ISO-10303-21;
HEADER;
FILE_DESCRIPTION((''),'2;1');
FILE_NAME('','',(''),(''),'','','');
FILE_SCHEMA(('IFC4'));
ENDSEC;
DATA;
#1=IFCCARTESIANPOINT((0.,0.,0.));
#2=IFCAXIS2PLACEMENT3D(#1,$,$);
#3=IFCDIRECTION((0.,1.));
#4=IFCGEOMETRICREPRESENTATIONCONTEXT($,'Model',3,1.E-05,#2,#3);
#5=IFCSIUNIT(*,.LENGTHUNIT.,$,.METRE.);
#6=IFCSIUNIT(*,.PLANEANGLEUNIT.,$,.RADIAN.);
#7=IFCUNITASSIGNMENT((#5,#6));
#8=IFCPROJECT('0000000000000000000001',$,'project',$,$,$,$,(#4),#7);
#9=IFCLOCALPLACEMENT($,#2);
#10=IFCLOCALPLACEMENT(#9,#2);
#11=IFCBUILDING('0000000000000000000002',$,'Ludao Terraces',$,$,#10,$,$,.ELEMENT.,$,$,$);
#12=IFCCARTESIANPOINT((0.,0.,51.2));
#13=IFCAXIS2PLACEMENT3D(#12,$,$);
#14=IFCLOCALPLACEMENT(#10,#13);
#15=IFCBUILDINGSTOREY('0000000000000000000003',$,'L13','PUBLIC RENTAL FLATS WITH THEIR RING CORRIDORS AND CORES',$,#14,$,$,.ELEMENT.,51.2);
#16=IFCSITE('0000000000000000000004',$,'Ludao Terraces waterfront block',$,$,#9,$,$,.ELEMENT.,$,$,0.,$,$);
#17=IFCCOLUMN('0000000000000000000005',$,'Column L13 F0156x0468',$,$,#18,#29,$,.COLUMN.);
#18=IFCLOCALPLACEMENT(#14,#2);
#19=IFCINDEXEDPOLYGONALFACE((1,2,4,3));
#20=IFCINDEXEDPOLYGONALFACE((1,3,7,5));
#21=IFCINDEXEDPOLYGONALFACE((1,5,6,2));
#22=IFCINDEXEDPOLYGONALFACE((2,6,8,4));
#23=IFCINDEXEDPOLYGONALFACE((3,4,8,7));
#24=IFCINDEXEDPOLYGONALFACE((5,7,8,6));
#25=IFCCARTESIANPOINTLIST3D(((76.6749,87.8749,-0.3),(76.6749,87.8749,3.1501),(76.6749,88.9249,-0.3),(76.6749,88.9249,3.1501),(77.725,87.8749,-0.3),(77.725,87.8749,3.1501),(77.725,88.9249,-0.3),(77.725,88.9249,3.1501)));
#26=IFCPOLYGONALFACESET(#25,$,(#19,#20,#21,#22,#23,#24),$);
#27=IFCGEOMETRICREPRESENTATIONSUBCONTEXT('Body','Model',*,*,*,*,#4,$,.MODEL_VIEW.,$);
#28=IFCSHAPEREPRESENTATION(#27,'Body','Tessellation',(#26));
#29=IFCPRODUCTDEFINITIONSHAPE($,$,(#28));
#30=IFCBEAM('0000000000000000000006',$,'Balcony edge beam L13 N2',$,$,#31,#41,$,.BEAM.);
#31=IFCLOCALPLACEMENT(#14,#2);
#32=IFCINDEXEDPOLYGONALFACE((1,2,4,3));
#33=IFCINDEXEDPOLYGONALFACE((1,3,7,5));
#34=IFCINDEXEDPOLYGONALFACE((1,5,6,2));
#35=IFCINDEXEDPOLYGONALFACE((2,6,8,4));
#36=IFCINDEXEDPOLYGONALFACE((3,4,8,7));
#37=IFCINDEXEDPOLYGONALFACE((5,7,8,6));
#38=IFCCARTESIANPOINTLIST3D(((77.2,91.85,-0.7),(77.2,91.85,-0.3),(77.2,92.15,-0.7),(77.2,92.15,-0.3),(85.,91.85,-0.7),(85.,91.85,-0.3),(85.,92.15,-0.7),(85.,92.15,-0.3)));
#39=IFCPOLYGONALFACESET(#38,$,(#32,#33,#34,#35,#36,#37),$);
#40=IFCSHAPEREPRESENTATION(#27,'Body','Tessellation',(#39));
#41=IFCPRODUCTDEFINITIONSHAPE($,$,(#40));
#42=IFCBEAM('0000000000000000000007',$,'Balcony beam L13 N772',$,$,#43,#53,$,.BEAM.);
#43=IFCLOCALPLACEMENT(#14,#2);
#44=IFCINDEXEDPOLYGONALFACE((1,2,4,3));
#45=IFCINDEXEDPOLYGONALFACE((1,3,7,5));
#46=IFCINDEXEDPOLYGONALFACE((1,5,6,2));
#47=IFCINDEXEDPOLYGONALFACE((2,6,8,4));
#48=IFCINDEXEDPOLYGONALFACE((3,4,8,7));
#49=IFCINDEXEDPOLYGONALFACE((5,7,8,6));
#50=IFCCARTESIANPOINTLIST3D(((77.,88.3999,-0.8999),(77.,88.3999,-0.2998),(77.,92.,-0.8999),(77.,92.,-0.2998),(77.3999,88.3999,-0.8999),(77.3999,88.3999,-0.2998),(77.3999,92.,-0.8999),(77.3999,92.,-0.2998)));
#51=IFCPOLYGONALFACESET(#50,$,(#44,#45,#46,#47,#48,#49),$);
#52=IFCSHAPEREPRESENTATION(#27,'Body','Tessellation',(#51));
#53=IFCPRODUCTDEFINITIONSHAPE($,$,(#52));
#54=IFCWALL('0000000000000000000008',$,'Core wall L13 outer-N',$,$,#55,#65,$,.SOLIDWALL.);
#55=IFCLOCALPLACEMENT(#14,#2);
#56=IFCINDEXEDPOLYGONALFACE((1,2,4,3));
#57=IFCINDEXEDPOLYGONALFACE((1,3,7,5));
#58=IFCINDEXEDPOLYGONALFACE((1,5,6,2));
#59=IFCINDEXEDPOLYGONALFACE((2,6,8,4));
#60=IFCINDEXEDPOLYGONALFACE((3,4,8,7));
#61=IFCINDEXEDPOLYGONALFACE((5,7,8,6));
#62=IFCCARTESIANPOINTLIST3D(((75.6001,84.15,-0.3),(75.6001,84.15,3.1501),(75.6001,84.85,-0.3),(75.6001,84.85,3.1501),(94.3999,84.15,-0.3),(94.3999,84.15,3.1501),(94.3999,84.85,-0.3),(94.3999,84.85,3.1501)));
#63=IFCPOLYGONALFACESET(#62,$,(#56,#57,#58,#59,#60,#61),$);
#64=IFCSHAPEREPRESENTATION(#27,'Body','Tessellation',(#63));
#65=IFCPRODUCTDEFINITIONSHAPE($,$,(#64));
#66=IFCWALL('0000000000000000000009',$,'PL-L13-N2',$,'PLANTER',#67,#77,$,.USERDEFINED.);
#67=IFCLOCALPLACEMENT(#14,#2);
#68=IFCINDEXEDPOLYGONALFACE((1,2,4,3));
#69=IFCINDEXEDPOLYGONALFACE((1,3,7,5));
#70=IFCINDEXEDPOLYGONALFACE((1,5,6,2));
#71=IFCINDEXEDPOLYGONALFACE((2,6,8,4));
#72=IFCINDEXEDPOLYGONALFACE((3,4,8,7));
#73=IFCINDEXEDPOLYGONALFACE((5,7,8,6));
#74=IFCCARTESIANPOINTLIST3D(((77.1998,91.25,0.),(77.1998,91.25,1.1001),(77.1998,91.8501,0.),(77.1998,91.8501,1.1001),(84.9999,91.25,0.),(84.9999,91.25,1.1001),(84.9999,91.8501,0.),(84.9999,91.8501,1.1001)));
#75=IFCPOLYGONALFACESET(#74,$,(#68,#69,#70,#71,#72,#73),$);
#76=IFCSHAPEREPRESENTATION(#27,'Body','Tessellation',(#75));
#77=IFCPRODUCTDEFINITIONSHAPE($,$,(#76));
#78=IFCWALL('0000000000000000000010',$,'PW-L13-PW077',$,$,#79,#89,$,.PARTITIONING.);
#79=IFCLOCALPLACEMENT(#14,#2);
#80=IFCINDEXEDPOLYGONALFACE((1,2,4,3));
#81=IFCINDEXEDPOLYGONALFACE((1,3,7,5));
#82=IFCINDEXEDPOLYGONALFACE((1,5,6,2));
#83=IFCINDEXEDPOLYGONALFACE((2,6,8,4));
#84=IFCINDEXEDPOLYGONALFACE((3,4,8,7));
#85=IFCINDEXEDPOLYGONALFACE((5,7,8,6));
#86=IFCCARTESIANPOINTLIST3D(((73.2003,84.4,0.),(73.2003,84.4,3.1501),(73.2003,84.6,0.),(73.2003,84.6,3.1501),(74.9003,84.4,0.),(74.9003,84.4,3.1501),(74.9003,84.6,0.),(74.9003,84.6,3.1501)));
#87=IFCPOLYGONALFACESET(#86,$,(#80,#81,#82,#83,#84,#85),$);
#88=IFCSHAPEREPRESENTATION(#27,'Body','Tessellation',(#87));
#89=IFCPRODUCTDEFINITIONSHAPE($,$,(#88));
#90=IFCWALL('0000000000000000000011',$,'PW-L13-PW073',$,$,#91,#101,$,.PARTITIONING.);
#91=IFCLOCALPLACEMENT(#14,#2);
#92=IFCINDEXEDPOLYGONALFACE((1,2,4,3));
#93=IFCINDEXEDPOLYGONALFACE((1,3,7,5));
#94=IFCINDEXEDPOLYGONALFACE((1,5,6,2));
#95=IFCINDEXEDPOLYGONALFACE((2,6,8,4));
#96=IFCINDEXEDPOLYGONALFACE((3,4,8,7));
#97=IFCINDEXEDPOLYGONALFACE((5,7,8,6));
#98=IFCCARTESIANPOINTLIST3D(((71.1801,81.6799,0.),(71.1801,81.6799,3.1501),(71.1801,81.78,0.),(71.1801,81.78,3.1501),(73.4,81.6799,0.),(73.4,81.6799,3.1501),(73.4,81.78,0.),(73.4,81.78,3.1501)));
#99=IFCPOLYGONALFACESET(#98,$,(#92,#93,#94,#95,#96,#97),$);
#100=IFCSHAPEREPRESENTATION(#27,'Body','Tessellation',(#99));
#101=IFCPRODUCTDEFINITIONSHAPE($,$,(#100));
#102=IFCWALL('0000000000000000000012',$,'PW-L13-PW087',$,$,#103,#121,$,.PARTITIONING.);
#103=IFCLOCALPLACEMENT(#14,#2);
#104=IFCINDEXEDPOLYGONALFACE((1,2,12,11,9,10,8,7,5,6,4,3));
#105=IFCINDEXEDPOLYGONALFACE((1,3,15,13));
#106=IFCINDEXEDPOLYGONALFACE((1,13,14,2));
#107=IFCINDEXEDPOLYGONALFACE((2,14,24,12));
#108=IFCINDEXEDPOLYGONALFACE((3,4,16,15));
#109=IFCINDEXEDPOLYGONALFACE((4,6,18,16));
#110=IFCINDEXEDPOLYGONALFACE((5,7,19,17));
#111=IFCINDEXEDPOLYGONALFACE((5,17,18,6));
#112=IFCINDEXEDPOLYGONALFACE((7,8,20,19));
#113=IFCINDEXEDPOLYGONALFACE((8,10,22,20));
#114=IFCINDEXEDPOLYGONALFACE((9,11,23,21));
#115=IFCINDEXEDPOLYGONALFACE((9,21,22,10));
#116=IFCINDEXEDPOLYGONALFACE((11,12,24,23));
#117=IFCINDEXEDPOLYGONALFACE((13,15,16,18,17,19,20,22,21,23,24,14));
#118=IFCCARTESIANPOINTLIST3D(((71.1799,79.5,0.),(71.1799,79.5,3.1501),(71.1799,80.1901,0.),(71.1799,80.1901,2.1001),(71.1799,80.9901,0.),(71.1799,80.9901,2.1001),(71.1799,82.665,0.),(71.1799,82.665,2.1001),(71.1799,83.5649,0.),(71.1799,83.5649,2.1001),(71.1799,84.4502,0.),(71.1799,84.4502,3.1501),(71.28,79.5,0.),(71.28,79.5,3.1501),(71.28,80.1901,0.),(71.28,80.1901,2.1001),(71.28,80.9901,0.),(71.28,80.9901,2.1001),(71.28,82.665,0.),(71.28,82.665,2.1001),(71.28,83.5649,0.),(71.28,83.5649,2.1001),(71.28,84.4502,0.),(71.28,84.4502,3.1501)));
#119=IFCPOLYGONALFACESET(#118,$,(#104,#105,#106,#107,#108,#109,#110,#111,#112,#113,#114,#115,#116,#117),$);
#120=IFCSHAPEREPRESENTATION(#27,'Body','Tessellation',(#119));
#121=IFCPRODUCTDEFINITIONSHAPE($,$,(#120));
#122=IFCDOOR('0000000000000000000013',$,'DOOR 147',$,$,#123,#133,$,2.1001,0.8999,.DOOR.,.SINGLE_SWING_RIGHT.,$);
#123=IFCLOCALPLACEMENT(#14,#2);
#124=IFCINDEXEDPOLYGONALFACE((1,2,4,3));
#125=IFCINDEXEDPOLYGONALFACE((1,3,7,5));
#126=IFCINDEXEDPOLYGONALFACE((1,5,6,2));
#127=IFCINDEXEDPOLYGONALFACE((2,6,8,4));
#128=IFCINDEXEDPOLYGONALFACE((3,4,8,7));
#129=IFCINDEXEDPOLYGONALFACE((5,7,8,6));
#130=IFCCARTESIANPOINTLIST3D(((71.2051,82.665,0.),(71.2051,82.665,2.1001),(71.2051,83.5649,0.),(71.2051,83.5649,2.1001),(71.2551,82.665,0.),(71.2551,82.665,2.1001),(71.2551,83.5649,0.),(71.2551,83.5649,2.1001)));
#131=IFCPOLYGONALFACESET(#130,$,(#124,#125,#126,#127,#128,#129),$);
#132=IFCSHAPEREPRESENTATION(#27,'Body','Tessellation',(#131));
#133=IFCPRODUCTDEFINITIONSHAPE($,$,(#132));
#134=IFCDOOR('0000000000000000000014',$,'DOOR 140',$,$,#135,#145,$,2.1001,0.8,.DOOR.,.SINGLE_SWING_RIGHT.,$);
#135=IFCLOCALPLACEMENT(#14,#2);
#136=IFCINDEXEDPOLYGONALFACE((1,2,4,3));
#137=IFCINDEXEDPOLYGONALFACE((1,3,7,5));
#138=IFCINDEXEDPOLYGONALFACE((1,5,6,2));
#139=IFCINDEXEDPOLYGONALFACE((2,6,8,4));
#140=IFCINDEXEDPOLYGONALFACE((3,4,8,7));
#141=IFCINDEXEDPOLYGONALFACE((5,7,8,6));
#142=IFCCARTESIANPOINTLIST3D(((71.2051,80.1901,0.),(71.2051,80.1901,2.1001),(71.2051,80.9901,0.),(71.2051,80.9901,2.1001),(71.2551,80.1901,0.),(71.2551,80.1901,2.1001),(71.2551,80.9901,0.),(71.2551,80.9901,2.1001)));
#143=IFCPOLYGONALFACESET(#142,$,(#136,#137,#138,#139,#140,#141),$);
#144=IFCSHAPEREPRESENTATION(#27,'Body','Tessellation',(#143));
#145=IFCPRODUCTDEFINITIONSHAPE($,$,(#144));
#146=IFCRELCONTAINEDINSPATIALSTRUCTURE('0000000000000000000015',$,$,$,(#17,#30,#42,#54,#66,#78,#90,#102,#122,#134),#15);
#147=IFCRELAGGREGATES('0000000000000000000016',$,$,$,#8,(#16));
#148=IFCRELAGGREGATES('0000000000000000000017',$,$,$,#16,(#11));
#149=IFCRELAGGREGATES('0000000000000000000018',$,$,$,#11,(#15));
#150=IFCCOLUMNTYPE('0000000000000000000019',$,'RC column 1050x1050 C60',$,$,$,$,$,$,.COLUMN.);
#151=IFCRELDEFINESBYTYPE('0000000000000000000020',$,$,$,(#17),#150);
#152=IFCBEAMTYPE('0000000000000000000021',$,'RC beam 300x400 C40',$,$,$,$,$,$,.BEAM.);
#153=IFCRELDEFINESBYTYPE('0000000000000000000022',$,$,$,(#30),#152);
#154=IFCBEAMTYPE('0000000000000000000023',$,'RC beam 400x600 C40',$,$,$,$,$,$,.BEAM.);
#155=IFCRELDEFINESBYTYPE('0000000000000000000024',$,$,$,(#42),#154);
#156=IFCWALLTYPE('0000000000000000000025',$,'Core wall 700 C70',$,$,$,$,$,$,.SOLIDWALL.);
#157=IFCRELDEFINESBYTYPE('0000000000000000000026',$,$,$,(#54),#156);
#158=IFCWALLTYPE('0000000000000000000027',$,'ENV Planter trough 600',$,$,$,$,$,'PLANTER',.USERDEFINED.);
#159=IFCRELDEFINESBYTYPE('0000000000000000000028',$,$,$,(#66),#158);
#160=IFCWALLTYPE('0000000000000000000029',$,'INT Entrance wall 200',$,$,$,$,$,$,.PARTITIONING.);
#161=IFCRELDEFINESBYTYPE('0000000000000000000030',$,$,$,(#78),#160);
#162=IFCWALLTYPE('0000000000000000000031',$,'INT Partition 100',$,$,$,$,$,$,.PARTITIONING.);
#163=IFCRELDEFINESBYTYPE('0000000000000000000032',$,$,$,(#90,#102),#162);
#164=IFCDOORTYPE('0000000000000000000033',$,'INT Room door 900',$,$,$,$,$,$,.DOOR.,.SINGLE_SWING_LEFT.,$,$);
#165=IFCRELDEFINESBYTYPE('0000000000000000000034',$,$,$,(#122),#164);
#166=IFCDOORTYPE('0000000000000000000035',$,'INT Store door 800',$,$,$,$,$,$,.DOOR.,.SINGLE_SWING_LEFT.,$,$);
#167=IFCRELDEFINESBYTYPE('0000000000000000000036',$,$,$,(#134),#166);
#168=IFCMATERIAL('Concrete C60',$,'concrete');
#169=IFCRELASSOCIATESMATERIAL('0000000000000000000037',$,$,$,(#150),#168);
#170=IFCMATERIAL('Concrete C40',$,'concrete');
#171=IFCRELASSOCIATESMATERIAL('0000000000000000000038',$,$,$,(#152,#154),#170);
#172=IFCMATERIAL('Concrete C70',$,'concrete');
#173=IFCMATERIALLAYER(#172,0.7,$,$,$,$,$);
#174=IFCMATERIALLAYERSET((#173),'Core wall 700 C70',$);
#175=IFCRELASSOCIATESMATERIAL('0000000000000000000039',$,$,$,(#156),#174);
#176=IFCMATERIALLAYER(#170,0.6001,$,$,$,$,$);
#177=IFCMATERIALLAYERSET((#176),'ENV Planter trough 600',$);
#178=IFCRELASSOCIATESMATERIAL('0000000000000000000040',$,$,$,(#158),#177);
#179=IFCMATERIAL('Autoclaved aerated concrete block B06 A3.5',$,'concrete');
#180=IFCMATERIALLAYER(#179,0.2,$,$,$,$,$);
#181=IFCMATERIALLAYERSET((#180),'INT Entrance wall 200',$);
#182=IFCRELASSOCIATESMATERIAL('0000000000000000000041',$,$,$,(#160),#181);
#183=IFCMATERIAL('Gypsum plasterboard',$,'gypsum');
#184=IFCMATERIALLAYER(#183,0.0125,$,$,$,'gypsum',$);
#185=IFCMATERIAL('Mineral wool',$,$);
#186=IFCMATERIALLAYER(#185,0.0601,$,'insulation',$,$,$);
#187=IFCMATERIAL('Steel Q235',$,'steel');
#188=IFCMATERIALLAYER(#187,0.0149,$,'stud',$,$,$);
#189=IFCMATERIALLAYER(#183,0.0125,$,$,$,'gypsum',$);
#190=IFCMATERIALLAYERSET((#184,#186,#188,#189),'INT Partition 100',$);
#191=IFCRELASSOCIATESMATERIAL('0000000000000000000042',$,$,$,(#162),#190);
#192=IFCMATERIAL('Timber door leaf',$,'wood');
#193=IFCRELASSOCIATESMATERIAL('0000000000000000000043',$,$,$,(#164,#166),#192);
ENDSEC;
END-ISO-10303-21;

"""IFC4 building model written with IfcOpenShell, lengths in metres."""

from ifc_helpers import new_model, si_unit, direction, frame, frame_2d, origin, origin_2d, place, context, subcontext, project, spatial, rectangle, extrude, material, layer, layer_set, material_profile, profile_set, type_object, element, fill, save


model = new_model("IFC4")

# Units and contexts
model_context = context("Model", 3, precision=1e-05, world=origin(), true_north=direction((0.0, 1.0)))
body_context = subcontext(model_context, "Body", "Model", "MODEL_VIEW")
ifc_project = project(units=[si_unit("LENGTHUNIT", "METRE"), si_unit("PLANEANGLEUNIT", "RADIAN")], contexts=[model_context])

# Site, building, storey
site_placement = place(None, origin())
site = spatial("IfcSite", under=ifc_project, at=site_placement, Name="Ludao Terraces waterfront block", CompositionType="ELEMENT", RefElevation=0.0)
building_placement = place(site_placement, origin())
building = spatial("IfcBuilding", under=site, at=building_placement, Name="Ludao Terraces", CompositionType="ELEMENT")
storey_placement = place(building_placement, frame((0.0, 0.0, 51.2)))
storey = spatial("IfcBuildingStorey", under=building, at=storey_placement, Name="L13", Description="PUBLIC RENTAL FLATS WITH THEIR RING CORRIDORS AND CORES", CompositionType="ELEMENT", Elevation=51.2)

# Column
ifc_material_1 = material(Name="Concrete C60", Category="concrete")
ifc_material_profile_1 = material_profile(ifc_material_1, rectangle(XDim=1.05, YDim=1.05, at=origin_2d()), Name="1050 X 1050")
ifc_profile_set_1 = profile_set([ifc_material_profile_1], Name="Concrete C60")
column_type = type_object("IfcColumnType", Name="RC column 1050x1050 C60", PredefinedType="COLUMN", material=ifc_profile_set_1)
column_placement = place(storey_placement, frame((77.2, 88.3999, -0.3), z_axis=(0.0, 0.0, 1.0), x_axis=(1.0, 0.0, 0.0)))
element("IfcColumn", 1, at=column_placement, inside=storey, type_object=column_type, Name="Column L13 F0156x0468", PredefinedType="COLUMN", context=body_context, shape_type="SweptSolid", body=[
    extrude(rectangle(XDim=1.05, YDim=1.05, at=origin_2d()), origin(), (0.0, 0.0, 1.0), 3.4502),
])

# Beams
ifc_material_2 = material(Name="Concrete C40", Category="concrete")
ifc_material_profile_2 = material_profile(ifc_material_2, rectangle(XDim=0.3, YDim=0.3999, at=origin_2d()), Name="300 X 400")
ifc_profile_set_2 = profile_set([ifc_material_profile_2], Name="Concrete C40")
beam_type_1 = type_object("IfcBeamType", Name="RC beam 300x400 C40", PredefinedType="BEAM", material=ifc_profile_set_2)
beam_1_placement = place(storey_placement, frame((77.2, 92.0, -0.5), z_axis=(1.0, 0.0, 0.0), x_axis=(0.0, 1.0, 0.0)))
element("IfcBeam", 2, at=beam_1_placement, inside=storey, type_object=beam_type_1, Name="Balcony edge beam L13 N2", PredefinedType="BEAM", context=body_context, shape_type="SweptSolid", body=[
    extrude(rectangle(XDim=0.3, YDim=0.3999, at=origin_2d()), origin(), (0.0, 0.0, 1.0), 7.8),
])
ifc_material_profile_3 = material_profile(ifc_material_2, rectangle(XDim=0.3999, YDim=0.6001, at=origin_2d()), Name="400 X 600")
ifc_profile_set_3 = profile_set([ifc_material_profile_3], Name="Concrete C40")
beam_type_2 = type_object("IfcBeamType", Name="RC beam 400x600 C40", PredefinedType="BEAM", material=ifc_profile_set_3)
beam_2_placement = place(storey_placement, frame((77.2, 88.3999, -0.5999), z_axis=(0.0, 1.0, 0.0), x_axis=(-1.0, 0.0, 0.0)))
element("IfcBeam", 3, at=beam_2_placement, inside=storey, type_object=beam_type_2, Name="Balcony beam L13 N772", PredefinedType="BEAM", context=body_context, shape_type="SweptSolid", body=[
    extrude(rectangle(XDim=0.3999, YDim=0.6001, at=origin_2d()), origin(), (0.0, 0.0, 1.0), 3.6001),
])

# Walls
ifc_material_3 = material(Name="Concrete C70", Category="concrete")
ifc_layer_1 = layer(ifc_material_3, 0.7)
ifc_layer_set_1 = layer_set([ifc_layer_1], Name="Core wall 700 C70")
wall_type_1 = type_object("IfcWallType", Name="Core wall 700 C70", PredefinedType="SOLIDWALL", material=ifc_layer_set_1)
wall_1_placement = place(storey_placement, frame((75.6001, 84.5, -0.3), z_axis=(0.0, 0.0, 1.0), x_axis=(1.0, 0.0, 0.0)))
element("IfcWall", 4, at=wall_1_placement, inside=storey, type_object=wall_type_1, Name="Core wall L13 outer-N", PredefinedType="SOLIDWALL", context=body_context, shape_type="SweptSolid", body=[
    extrude(rectangle(XDim=18.7998, YDim=0.7, at=frame_2d((9.3999, 0.0))), origin(), (0.0, 0.0, 1.0), 3.4502),
])
ifc_layer_2 = layer(ifc_material_2, 0.6001)
ifc_layer_set_2 = layer_set([ifc_layer_2], Name="ENV Planter trough 600")
wall_type_2 = type_object("IfcWallType", Name="ENV Planter trough 600", ElementType="PLANTER", PredefinedType="USERDEFINED", material=ifc_layer_set_2)
wall_2_placement = place(storey_placement, frame((77.2, 91.55, 0.0), z_axis=(0.0, 0.0, 1.0), x_axis=(1.0, 0.0, 0.0)))
element("IfcWall", 5, at=wall_2_placement, inside=storey, type_object=wall_type_2, Name="PL-L13-N2", ObjectType="PLANTER", PredefinedType="USERDEFINED", context=body_context, shape_type="SweptSolid", body=[
    extrude(rectangle(XDim=7.8, YDim=0.6001, at=frame_2d((3.8999, 0.0))), origin(), (0.0, 0.0, 1.0), 1.1001),
])

# Shared definitions
ifc_material_4 = material(Name="Mineral wool")

# Walls
ifc_material_5 = material(Name="Autoclaved aerated concrete block B06 A3.5", Category="concrete")
ifc_layer_3 = layer(ifc_material_5, 0.2)
ifc_layer_set_3 = layer_set([ifc_layer_3], Name="INT Entrance wall 200")
wall_type_3 = type_object("IfcWallType", Name="INT Entrance wall 200", PredefinedType="PARTITIONING", material=ifc_layer_set_3)
wall_3_placement = place(storey_placement, frame((73.2002, 84.5, 0.0), z_axis=(0.0, 0.0, 1.0), x_axis=(1.0, 0.0, 0.0)))
element("IfcWall", 6, at=wall_3_placement, inside=storey, type_object=wall_type_3, Name="PW-L13-PW077", PredefinedType="PARTITIONING", context=body_context, shape_type="SweptSolid", body=[
    extrude(rectangle(XDim=1.7, YDim=0.2, at=frame_2d((0.8501, 0.0))), origin(), (0.0, 0.0, 1.0), 3.1501),
])
ifc_material_6 = material(Name="Gypsum plasterboard", Category="gypsum")
ifc_layer_4 = layer(ifc_material_6, 0.0125, Category="gypsum")
ifc_layer_5 = layer(ifc_material_4, 0.0601, Name="insulation")
ifc_material_7 = material(Name="Steel Q235", Category="steel")
ifc_layer_6 = layer(ifc_material_7, 0.0149, Name="stud")
ifc_layer_7 = layer(ifc_material_6, 0.0125, Category="gypsum")
ifc_layer_set_4 = layer_set([ifc_layer_4, ifc_layer_5, ifc_layer_6, ifc_layer_7], Name="INT Partition 100")
wall_type_4 = type_object("IfcWallType", Name="INT Partition 100", PredefinedType="PARTITIONING", material=ifc_layer_set_4)
wall_4_placement = place(storey_placement, frame((71.1802, 81.73, 0.0), z_axis=(0.0, 0.0, 1.0), x_axis=(1.0, 0.0, 0.0)))
element("IfcWall", 7, at=wall_4_placement, inside=storey, type_object=wall_type_4, Name="PW-L13-PW073", PredefinedType="PARTITIONING", context=body_context, shape_type="SweptSolid", body=[
    extrude(rectangle(XDim=2.22, YDim=0.1001, at=frame_2d((1.1099, 0.0))), origin(), (0.0, 0.0, 1.0), 3.1501),
])

# Wall, openings, doors
wall_5_placement = place(storey_placement, frame((71.23, 79.5, 0.0), z_axis=(0.0, 0.0, 1.0), x_axis=(0.0, 1.0, 0.0)))
wall_5 = element("IfcWall", 8, at=wall_5_placement, inside=storey, type_object=wall_type_4, Name="PW-L13-PW087", PredefinedType="PARTITIONING", context=body_context, shape_type="SweptSolid", body=[
    extrude(rectangle(XDim=4.9502, YDim=0.1001, at=frame_2d((2.4751, 0.0))), origin(), (0.0, 0.0, 1.0), 3.1501),
])
opening_1_placement = place(wall_5_placement, frame((0.6902, 0.0, 0.0)))
opening_1 = element("IfcOpeningElement", 9, at=opening_1_placement, cuts=wall_5, PredefinedType="OPENING", context=body_context, shape_type="SweptSolid", body=[
    extrude(rectangle(XDim=0.8, YDim=2.1001, at=frame_2d((0.3999, 1.05))), frame((0.0, 0.0601, 0.0), z_axis=(0.0, -1.0, 0.0), x_axis=(1.0, 0.0, 0.0)), (0.0, 0.0, 1.0), 0.1201),
])
opening_2_placement = place(wall_5_placement, frame((3.165, 0.0, 0.0)))
opening_2 = element("IfcOpeningElement", 10, at=opening_2_placement, cuts=wall_5, PredefinedType="OPENING", context=body_context, shape_type="SweptSolid", body=[
    extrude(rectangle(XDim=0.8999, YDim=2.1001, at=frame_2d((0.45, 1.05))), frame((0.0, 0.0601, 0.0), z_axis=(0.0, -1.0, 0.0), x_axis=(1.0, 0.0, 0.0)), (0.0, 0.0, 1.0), 0.1201),
])
ifc_material_8 = material(Name="Timber door leaf", Category="wood")
door_type_1 = type_object("IfcDoorType", Name="INT Room door 900", OperationType="SINGLE_SWING_LEFT", PredefinedType="DOOR", material=ifc_material_8)
door_1_placement = place(opening_2_placement, origin())
door_1 = element("IfcDoor", 11, at=door_1_placement, inside=storey, type_object=door_type_1, Name="DOOR 147", OperationType="SINGLE_SWING_RIGHT", OverallHeight=2.1001, OverallWidth=0.8999, PredefinedType="DOOR", context=body_context, shape_type="SweptSolid", body=[
    extrude(rectangle(XDim=0.8999, YDim=2.1001, at=frame_2d((0.45, 1.05))), frame((0.0, 0.0249, 0.0), z_axis=(0.0, -1.0, 0.0), x_axis=(1.0, 0.0, 0.0)), (0.0, 0.0, 1.0), 0.05),
])
fill(opening_2, door_1)
door_type_2 = type_object("IfcDoorType", Name="INT Store door 800", OperationType="SINGLE_SWING_LEFT", PredefinedType="DOOR", material=ifc_material_8)
door_2_placement = place(opening_1_placement, origin())
door_2 = element("IfcDoor", 12, at=door_2_placement, inside=storey, type_object=door_type_2, Name="DOOR 140", OperationType="SINGLE_SWING_RIGHT", OverallHeight=2.1001, OverallWidth=0.8, PredefinedType="DOOR", context=body_context, shape_type="SweptSolid", body=[
    extrude(rectangle(XDim=0.8, YDim=2.1001, at=frame_2d((0.3999, 1.05))), frame((0.0, 0.0249, 0.0), z_axis=(0.0, -1.0, 0.0), x_axis=(1.0, 0.0, 0.0)), (0.0, 0.0, 1.0), 0.05),
])
fill(opening_1, door_2)

save(model, "model.ifc")
